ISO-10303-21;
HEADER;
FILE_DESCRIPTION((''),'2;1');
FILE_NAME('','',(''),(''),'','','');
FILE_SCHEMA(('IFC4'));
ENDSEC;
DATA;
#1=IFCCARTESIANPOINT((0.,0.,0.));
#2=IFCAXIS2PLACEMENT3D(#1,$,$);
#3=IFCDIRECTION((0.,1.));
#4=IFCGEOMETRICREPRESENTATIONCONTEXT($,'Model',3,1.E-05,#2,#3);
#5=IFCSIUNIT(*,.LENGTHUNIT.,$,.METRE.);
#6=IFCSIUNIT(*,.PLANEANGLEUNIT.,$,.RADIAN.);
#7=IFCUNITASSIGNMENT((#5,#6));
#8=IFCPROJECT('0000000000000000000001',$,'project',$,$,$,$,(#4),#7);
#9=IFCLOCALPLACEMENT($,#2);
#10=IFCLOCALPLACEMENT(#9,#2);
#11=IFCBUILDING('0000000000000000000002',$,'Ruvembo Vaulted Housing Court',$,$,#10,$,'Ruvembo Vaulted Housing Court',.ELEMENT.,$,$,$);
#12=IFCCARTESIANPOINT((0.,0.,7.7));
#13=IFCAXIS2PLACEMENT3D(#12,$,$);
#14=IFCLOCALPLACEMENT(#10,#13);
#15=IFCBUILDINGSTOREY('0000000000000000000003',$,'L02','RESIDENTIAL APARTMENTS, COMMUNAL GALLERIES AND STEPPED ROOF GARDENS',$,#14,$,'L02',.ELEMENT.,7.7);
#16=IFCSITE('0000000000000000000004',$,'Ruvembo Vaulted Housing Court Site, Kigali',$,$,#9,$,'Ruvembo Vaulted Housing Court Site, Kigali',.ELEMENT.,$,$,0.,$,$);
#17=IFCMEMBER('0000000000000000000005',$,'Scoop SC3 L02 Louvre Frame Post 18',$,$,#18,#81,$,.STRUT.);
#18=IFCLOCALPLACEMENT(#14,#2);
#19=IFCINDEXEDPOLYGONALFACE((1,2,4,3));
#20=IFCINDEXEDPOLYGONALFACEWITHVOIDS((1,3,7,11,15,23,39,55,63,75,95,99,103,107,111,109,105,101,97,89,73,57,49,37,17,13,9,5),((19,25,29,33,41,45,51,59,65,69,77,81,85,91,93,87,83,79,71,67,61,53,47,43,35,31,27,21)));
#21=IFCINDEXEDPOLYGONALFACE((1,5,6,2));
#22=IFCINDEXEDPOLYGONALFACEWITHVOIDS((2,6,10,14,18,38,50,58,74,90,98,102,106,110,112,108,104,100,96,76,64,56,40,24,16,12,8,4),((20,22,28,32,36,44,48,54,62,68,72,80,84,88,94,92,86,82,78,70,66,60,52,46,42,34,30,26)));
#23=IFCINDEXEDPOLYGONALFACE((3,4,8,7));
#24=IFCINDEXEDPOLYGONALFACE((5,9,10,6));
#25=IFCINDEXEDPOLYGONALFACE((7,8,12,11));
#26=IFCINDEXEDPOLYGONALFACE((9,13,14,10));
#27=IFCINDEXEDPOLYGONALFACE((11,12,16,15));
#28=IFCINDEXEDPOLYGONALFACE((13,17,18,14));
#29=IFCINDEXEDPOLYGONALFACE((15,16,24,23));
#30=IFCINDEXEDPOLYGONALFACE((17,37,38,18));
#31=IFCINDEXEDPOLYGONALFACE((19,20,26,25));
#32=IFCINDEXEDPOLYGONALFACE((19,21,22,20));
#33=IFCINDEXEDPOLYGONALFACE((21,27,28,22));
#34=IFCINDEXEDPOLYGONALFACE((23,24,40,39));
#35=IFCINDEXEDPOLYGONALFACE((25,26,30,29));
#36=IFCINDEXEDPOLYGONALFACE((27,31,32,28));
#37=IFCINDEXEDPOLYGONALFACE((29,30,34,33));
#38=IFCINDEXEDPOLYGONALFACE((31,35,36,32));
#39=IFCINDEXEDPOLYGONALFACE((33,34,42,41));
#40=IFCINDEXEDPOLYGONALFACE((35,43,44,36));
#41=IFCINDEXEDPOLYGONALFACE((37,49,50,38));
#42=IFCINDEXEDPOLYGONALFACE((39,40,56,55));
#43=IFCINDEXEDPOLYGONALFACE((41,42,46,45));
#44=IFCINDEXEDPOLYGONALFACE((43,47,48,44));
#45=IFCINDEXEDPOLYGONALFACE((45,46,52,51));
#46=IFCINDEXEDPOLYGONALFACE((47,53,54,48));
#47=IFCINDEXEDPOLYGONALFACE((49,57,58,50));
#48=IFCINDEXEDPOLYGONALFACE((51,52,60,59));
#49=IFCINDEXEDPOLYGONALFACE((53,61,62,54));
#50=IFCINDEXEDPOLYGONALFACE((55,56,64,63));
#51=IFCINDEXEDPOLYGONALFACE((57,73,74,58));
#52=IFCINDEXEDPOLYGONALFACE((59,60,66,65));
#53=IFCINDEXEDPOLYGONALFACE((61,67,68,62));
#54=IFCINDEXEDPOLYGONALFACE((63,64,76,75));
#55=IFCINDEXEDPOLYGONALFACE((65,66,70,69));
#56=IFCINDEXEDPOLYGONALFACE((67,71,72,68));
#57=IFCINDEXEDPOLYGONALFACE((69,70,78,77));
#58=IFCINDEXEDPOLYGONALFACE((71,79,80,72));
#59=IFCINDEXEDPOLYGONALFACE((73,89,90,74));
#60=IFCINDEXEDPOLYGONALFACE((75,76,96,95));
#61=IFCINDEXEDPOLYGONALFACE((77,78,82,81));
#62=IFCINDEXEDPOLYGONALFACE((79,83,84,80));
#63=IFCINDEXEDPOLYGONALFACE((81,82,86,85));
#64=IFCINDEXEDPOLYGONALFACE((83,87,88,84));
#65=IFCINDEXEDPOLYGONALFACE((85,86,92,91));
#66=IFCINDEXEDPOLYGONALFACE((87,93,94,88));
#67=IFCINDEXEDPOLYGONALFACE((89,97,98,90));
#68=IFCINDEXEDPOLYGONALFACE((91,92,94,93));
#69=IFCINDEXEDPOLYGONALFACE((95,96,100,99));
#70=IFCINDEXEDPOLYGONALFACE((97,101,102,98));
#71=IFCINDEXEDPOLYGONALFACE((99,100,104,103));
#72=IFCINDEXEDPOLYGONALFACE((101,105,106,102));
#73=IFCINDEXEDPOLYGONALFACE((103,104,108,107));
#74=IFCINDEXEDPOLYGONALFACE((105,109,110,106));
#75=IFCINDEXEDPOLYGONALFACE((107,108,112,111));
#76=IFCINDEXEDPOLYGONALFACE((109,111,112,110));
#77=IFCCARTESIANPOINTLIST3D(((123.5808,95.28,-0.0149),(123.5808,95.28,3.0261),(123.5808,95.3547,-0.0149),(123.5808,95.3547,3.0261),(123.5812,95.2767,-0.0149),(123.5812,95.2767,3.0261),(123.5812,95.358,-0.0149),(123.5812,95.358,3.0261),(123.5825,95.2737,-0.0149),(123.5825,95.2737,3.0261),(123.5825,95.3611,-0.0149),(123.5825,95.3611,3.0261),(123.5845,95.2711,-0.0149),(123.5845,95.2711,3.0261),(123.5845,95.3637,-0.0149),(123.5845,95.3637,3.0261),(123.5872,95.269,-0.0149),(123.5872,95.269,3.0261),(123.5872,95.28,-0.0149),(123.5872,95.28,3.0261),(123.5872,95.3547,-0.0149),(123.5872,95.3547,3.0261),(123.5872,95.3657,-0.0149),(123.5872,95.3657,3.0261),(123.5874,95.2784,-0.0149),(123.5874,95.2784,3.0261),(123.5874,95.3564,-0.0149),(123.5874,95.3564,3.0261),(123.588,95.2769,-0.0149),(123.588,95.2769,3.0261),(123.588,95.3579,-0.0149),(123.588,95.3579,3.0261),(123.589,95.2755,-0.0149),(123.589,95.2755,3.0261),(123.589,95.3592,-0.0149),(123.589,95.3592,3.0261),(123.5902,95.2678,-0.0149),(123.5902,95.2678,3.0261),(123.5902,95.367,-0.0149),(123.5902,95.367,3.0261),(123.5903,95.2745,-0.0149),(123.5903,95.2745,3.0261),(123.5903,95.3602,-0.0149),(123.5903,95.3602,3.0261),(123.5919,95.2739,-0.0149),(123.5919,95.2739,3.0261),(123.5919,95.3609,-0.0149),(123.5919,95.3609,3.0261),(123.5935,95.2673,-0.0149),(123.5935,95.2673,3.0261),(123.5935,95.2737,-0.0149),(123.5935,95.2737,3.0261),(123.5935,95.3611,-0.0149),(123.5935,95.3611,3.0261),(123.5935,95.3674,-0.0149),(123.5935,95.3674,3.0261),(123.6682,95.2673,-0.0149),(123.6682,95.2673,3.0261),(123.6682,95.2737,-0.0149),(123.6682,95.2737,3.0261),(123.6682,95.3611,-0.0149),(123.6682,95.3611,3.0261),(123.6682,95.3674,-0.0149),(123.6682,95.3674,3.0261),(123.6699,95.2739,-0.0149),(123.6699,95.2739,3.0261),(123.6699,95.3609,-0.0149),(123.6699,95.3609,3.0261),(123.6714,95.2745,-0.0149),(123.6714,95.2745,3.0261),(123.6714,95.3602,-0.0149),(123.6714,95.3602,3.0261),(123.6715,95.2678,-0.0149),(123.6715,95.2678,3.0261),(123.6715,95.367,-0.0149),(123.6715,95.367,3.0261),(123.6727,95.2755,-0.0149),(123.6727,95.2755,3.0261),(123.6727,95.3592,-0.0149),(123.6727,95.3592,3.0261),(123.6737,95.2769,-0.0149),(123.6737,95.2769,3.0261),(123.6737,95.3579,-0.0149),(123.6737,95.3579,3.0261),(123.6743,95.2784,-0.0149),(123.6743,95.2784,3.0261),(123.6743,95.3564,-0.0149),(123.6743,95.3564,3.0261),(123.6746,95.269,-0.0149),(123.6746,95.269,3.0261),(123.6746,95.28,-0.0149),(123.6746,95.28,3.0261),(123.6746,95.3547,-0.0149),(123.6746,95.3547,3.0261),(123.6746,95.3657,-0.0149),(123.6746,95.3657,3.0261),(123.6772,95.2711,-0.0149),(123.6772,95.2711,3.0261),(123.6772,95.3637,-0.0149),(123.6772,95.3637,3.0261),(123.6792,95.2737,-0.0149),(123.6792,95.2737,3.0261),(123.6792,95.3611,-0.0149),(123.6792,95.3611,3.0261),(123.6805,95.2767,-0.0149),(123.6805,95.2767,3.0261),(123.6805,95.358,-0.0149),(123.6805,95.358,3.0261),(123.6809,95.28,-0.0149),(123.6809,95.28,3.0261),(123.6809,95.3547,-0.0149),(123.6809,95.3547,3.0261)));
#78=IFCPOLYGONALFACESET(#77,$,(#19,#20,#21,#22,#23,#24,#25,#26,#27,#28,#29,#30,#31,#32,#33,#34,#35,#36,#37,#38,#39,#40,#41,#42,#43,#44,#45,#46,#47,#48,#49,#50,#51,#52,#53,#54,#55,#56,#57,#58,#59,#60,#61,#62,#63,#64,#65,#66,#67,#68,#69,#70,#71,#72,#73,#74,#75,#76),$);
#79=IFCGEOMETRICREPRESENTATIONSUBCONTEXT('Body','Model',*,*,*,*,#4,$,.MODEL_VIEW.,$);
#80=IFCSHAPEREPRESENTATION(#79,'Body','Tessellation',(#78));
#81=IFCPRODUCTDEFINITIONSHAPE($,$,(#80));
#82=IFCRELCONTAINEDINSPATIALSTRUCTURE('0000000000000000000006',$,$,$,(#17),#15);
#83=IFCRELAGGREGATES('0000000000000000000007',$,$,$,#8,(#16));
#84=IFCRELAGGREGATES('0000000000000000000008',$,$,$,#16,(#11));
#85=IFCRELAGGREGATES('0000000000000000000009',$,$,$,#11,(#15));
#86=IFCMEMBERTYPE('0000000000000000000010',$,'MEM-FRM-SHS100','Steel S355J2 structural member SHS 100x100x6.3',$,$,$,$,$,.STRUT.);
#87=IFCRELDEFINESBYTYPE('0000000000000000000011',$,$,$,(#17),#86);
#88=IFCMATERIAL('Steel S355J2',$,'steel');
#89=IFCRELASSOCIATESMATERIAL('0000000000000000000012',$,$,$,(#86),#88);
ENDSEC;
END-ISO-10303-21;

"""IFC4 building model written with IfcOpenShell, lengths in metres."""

from ifc_helpers import new_model, si_unit, direction, frame, origin, origin_2d, place, context, subcontext, project, spatial, hollow_rectangle, extrude, material, material_profile, profile_set, type_object, element, save


model = new_model("IFC4")

# Units and contexts
model_context = context("Model", 3, precision=1e-05, world=origin(), true_north=direction((0.0, 1.0)))
body_context = subcontext(model_context, "Body", "Model", "MODEL_VIEW")
ifc_project = project(units=[si_unit("LENGTHUNIT", "METRE"), si_unit("PLANEANGLEUNIT", "RADIAN")], contexts=[model_context])

# Site, building, storey
site_placement = place(None, origin())
site = spatial("IfcSite", under=ifc_project, at=site_placement, Name="Ruvembo Vaulted Housing Court Site, Kigali", LongName="Ruvembo Vaulted Housing Court Site, Kigali", CompositionType="ELEMENT", RefElevation=0.0)
building_placement = place(site_placement, origin())
building = spatial("IfcBuilding", under=site, at=building_placement, Name="Ruvembo Vaulted Housing Court", LongName="Ruvembo Vaulted Housing Court", CompositionType="ELEMENT")
storey_placement = place(building_placement, frame((0.0, 0.0, 7.7)))
storey = spatial("IfcBuildingStorey", under=building, at=storey_placement, Name="L02", Description="RESIDENTIAL APARTMENTS, COMMUNAL GALLERIES AND STEPPED ROOF GARDENS", LongName="L02", CompositionType="ELEMENT", Elevation=7.7)

# Shared definitions
ifc_material_1 = material(Name="Steel S355J2", Category="steel")

# Member
ifc_material_profile_1 = material_profile(ifc_material_1, hollow_rectangle(XDim=0.1001, YDim=0.1001, WallThickness=0.0063, InnerFilletRadius=0.0063, OuterFilletRadius=0.0127, at=origin_2d()), Name="SHS 100x100x6.3")
ifc_profile_set_1 = profile_set([ifc_material_profile_1], Name="Steel S355J2")
member_type_1 = type_object("IfcMemberType", Name="MEM-FRM-SHS100", Description="Steel S355J2 structural member SHS 100x100x6.3", PredefinedType="STRUT", material=ifc_profile_set_1)
for number, where, z_axis, x_axis, name in (
    (1, (123.6309, 95.3174, -0.0149), (0.0, 0.0, 1.0), (1.0, 0.0, 0.0), "Scoop SC3 L02 Louvre Frame Post 18"),
):
    element("IfcMember", number, at=place(storey_placement, frame(where, z_axis=z_axis, x_axis=x_axis)), inside=storey, type_object=member_type_1, Name=name, PredefinedType="STRUT", context=body_context, shape_type="SweptSolid", body=[
        extrude(hollow_rectangle(XDim=0.1001, YDim=0.1001, WallThickness=0.0063, InnerFilletRadius=0.0063, OuterFilletRadius=0.0127, at=origin_2d()), origin(), (0.0, 0.0, 1.0), 3.041),
    ])

save(model, "model.ifc")
